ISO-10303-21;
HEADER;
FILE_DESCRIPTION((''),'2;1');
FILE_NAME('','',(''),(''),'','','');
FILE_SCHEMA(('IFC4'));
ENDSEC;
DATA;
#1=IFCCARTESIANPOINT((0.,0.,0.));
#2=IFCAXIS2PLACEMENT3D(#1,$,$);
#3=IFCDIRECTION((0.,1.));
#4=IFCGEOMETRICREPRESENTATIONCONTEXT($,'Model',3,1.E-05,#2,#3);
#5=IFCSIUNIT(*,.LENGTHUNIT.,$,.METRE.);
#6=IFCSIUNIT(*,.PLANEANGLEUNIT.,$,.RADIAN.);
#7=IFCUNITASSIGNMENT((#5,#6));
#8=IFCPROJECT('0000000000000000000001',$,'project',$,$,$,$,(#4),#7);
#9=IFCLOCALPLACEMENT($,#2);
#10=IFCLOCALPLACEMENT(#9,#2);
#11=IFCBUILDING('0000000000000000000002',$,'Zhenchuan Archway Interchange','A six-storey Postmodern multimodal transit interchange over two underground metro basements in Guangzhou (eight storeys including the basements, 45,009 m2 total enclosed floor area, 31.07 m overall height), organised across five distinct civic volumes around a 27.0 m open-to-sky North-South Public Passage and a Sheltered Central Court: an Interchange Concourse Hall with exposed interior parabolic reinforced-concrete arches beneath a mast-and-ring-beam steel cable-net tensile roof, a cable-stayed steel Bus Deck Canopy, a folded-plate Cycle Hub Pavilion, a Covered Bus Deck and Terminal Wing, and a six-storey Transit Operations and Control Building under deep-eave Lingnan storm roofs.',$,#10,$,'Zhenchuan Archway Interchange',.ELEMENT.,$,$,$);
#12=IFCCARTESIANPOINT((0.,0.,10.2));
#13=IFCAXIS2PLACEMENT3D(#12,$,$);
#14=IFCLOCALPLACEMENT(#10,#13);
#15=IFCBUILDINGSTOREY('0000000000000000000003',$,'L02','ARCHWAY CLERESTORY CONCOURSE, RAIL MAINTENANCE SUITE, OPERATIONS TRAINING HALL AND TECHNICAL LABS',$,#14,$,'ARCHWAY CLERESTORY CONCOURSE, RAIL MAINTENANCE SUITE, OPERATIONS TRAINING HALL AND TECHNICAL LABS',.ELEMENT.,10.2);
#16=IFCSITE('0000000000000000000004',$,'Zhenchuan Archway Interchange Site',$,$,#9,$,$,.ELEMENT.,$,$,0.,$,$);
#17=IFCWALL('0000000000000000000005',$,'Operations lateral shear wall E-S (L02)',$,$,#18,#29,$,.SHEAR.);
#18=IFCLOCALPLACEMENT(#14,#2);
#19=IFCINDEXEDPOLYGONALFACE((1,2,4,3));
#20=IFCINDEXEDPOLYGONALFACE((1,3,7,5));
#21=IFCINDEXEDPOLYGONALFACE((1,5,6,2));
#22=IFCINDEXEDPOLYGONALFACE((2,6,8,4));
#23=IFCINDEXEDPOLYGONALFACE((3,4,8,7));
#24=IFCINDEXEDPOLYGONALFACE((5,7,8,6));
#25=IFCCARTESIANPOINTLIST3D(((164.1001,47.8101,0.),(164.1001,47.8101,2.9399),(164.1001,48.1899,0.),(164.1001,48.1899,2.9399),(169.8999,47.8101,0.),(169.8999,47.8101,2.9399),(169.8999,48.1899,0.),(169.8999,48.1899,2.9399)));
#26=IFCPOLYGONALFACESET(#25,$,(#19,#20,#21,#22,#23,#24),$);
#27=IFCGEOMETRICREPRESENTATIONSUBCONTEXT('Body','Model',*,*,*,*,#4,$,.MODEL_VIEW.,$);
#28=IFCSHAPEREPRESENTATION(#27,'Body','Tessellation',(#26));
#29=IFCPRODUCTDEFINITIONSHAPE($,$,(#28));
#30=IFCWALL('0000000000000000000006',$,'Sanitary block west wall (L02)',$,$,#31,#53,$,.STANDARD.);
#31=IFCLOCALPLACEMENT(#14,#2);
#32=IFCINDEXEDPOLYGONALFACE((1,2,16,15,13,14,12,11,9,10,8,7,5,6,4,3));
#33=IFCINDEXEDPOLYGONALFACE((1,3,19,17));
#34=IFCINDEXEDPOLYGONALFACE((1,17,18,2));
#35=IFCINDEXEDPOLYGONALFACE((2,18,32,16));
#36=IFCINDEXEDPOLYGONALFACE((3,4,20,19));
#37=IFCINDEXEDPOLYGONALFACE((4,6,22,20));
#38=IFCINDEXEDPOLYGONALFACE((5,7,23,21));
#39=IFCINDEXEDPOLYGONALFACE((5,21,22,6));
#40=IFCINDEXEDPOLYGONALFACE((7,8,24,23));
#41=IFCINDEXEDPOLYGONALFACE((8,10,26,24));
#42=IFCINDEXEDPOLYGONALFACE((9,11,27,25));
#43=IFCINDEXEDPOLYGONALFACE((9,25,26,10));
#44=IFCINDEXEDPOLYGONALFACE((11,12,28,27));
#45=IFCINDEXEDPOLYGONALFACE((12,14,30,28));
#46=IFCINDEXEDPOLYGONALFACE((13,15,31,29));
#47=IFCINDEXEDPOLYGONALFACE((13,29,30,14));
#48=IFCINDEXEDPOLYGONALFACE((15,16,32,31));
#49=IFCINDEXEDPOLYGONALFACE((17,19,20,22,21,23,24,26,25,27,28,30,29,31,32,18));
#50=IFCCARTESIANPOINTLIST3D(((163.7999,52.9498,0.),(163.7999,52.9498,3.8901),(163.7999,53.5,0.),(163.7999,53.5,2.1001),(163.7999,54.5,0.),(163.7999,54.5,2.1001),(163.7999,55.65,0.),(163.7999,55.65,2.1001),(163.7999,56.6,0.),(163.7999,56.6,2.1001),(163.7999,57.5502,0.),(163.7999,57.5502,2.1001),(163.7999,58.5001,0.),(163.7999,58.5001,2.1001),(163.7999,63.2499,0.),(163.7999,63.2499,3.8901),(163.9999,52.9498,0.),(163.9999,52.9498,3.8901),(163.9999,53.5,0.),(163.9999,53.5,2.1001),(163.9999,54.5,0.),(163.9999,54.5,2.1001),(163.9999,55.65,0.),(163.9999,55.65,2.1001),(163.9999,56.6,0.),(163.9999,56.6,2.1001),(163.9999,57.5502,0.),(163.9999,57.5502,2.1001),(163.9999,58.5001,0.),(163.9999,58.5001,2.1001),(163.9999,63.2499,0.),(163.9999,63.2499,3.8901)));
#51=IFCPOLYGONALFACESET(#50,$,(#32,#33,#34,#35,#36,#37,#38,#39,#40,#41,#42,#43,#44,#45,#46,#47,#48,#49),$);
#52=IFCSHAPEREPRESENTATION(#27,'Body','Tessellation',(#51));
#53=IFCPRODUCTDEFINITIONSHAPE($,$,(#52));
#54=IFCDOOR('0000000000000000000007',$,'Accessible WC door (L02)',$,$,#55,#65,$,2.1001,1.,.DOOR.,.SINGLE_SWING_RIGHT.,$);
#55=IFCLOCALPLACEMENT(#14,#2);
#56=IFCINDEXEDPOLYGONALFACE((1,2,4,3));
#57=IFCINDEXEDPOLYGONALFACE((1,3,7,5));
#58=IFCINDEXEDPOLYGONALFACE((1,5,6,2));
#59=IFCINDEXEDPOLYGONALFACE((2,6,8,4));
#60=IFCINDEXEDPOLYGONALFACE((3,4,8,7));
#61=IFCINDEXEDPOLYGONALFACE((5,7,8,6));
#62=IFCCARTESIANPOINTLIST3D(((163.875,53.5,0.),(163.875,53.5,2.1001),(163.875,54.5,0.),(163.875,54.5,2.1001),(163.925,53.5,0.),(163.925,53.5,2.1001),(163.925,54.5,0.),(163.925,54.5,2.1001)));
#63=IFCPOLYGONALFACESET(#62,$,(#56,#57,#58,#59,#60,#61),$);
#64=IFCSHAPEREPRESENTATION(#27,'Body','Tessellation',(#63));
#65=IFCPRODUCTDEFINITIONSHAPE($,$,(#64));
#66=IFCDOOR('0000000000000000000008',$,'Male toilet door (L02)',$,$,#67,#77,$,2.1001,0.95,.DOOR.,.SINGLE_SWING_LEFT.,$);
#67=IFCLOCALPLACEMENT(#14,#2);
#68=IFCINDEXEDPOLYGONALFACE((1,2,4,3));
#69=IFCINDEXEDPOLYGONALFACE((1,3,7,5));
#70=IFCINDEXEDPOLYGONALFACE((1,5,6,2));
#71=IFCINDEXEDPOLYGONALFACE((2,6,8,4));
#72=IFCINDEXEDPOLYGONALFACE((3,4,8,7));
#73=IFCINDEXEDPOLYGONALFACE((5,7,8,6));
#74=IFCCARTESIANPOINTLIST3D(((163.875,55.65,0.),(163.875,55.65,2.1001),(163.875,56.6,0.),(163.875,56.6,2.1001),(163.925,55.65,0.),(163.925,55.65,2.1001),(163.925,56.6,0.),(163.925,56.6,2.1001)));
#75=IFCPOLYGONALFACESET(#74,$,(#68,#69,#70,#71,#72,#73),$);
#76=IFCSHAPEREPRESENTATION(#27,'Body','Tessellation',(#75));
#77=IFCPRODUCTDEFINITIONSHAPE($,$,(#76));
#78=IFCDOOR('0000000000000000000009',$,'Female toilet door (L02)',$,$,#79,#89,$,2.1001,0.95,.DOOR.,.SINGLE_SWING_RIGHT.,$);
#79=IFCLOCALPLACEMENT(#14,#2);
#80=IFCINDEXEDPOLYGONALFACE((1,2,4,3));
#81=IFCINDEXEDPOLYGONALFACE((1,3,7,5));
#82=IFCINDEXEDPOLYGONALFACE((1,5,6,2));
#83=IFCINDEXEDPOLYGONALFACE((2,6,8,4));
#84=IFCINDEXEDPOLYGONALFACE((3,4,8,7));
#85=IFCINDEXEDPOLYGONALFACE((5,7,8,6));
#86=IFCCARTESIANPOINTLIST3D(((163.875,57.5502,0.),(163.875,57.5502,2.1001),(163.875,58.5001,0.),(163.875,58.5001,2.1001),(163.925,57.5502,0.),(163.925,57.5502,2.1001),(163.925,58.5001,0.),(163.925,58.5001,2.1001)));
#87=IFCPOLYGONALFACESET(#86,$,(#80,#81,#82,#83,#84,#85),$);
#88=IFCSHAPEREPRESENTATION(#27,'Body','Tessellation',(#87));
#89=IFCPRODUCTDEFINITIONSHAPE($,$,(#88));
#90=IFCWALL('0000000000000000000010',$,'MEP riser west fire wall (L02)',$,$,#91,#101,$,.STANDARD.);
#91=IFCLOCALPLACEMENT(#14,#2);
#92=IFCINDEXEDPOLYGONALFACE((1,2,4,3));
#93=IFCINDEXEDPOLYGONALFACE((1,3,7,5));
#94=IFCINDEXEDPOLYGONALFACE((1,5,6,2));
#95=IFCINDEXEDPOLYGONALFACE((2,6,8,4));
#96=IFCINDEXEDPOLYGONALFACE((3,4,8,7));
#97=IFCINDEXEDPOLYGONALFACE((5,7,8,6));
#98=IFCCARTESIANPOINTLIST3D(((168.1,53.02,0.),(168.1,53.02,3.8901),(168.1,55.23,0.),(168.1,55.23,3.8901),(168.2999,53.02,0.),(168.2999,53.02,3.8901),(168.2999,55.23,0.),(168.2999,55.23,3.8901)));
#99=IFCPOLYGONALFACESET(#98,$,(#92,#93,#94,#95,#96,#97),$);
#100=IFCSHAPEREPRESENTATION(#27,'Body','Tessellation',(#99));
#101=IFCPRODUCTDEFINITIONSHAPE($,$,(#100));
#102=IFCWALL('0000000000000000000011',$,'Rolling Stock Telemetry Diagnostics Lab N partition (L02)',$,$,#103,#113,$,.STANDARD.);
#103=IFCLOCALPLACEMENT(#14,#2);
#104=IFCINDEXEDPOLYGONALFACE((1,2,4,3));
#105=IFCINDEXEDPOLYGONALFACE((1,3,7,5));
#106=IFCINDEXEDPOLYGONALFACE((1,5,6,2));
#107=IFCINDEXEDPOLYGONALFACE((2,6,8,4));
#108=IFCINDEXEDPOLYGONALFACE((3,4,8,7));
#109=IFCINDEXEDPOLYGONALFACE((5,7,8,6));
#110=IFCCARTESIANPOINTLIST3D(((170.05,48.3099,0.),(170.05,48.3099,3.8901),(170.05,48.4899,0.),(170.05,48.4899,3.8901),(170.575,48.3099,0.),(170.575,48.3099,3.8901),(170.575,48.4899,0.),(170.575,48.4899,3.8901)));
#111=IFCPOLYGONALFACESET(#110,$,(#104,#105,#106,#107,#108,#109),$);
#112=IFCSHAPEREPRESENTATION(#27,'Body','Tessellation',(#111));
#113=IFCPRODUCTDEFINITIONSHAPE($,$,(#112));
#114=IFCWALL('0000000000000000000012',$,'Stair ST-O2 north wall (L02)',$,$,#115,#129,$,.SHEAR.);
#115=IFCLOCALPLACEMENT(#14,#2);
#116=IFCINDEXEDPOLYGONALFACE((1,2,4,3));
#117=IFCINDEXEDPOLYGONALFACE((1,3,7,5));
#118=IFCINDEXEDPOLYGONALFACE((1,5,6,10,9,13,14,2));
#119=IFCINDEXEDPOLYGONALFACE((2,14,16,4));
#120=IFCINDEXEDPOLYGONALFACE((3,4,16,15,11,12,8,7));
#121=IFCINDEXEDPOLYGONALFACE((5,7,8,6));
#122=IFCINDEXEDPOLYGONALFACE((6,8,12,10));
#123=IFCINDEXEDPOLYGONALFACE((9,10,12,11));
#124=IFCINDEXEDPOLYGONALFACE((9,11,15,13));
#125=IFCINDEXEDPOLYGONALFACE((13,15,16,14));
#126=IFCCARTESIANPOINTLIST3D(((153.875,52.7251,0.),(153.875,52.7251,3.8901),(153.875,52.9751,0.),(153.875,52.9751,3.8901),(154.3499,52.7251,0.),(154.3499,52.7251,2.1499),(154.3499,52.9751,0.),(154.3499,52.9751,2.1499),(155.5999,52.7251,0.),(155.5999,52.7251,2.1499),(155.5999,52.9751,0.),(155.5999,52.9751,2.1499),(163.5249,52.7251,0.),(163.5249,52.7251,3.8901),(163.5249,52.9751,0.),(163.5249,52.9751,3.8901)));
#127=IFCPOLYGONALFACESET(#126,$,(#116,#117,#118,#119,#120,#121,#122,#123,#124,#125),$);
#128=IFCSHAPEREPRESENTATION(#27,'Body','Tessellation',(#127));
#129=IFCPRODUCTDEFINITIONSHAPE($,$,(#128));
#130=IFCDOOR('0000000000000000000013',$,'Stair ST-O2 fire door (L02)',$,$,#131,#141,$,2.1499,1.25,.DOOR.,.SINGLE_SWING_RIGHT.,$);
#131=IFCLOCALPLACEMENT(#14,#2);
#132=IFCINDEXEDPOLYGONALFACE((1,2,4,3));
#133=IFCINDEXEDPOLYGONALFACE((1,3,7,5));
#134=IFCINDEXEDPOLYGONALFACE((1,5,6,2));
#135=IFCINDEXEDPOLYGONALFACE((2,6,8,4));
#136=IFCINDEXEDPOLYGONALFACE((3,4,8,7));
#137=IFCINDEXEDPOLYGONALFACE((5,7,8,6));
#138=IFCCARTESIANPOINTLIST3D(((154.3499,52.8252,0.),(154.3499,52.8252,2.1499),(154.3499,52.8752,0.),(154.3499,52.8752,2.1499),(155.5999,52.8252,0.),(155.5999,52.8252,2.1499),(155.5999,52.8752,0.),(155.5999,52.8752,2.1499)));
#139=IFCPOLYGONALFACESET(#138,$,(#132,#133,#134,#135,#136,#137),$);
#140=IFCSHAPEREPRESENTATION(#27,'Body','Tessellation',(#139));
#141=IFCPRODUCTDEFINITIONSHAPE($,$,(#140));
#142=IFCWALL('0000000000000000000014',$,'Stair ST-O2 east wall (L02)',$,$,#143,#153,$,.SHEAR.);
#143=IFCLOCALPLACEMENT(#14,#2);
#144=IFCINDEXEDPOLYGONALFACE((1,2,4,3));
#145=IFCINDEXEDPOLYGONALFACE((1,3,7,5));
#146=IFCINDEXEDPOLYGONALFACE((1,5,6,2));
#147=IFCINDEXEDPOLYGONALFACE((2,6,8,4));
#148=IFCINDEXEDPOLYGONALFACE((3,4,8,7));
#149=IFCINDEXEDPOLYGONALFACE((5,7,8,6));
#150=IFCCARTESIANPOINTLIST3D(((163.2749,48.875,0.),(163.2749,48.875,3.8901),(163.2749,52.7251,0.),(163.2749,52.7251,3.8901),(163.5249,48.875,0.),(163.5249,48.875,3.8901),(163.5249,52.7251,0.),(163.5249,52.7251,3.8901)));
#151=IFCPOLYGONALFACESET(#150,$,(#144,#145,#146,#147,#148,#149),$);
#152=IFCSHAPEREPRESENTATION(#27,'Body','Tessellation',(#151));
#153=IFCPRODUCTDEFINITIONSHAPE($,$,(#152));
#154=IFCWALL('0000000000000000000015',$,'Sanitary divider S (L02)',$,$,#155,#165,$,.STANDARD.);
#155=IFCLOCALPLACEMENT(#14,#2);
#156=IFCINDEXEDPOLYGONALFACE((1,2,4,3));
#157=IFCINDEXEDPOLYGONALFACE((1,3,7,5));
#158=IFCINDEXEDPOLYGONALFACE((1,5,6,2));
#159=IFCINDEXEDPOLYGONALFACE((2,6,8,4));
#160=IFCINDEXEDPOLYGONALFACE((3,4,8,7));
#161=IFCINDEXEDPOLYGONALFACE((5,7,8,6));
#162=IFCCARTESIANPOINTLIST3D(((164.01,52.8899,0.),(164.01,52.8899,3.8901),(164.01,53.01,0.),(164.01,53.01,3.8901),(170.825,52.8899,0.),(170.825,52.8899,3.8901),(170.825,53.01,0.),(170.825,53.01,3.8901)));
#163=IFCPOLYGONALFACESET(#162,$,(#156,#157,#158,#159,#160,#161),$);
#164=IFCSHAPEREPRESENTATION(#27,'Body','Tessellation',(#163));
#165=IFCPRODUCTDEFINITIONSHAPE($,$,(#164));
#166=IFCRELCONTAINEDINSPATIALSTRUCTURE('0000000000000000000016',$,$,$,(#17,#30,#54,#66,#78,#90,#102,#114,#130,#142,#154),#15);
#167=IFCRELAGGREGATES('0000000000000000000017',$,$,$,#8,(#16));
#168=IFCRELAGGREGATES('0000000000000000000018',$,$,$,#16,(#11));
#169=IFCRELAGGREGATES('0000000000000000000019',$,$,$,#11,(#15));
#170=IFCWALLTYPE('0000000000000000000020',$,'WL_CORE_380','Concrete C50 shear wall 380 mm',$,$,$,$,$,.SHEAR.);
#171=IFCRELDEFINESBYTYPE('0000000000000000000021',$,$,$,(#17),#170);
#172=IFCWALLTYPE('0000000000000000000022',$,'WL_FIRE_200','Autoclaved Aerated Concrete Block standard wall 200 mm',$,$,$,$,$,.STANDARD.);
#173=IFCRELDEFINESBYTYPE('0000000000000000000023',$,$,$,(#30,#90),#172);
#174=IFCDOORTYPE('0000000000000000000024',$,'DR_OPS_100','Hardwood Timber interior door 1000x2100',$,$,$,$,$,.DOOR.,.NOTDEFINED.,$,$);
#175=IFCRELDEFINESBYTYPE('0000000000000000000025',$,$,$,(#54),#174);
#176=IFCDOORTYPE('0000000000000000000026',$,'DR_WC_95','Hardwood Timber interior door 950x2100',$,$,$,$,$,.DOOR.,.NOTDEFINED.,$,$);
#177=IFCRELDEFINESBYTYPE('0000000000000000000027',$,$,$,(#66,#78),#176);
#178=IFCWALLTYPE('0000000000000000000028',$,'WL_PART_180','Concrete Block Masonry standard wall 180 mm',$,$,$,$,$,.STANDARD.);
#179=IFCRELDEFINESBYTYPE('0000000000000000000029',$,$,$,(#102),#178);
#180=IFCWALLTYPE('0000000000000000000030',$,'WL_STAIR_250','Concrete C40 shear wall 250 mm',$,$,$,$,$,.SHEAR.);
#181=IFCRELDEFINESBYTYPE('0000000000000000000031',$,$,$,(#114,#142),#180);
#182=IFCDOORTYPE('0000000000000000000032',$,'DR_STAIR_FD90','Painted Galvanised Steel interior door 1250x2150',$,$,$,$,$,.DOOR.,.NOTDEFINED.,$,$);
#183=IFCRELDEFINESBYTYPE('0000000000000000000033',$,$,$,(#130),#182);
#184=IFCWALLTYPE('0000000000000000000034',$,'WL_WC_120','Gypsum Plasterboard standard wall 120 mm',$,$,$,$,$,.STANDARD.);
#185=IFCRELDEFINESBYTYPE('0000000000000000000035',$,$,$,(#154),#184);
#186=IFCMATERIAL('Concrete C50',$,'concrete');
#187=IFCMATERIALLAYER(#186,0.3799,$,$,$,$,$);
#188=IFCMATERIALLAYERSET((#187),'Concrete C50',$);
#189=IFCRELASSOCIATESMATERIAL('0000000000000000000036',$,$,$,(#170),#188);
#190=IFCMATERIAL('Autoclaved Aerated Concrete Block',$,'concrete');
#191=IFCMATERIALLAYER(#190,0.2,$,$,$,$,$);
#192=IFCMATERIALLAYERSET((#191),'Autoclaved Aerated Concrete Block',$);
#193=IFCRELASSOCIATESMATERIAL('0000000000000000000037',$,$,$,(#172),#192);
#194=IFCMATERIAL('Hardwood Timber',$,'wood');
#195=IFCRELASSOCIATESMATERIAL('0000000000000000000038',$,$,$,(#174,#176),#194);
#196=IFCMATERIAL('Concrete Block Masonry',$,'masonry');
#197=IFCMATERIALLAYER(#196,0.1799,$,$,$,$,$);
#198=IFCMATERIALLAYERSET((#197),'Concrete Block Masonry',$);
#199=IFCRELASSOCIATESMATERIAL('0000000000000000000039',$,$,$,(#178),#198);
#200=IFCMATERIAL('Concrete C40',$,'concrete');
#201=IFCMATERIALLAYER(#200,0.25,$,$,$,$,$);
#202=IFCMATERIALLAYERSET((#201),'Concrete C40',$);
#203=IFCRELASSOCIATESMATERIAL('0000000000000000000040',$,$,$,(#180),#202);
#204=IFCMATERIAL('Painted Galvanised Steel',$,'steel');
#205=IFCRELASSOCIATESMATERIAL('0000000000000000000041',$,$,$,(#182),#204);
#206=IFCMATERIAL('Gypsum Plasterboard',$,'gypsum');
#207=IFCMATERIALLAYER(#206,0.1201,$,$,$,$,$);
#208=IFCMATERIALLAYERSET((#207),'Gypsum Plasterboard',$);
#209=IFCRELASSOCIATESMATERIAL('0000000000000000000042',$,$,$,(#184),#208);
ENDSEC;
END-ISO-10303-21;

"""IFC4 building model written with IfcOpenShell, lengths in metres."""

from ifc_helpers import new_model, si_unit, direction, frame, frame_2d, origin, place, context, subcontext, project, spatial, rectangle, extrude, material, layer, layer_set, type_object, element, fill, save


model = new_model("IFC4")

# Units and contexts
model_context = context("Model", 3, precision=1e-05, world=origin(), true_north=direction((0.0, 1.0)))
body_context = subcontext(model_context, "Body", "Model", "MODEL_VIEW")
ifc_project = project(units=[si_unit("LENGTHUNIT", "METRE"), si_unit("PLANEANGLEUNIT", "RADIAN")], contexts=[model_context])

# Site, building, storey
site_placement = place(None, origin())
site = spatial("IfcSite", under=ifc_project, at=site_placement, Name="Zhenchuan Archway Interchange Site", CompositionType="ELEMENT", RefElevation=0.0)
building_placement = place(site_placement, origin())
building = spatial("IfcBuilding", under=site, at=building_placement, Name="Zhenchuan Archway Interchange", Description="A six-storey Postmodern multimodal transit interchange over two underground metro basements in Guangzhou (eight storeys including the basements, 45,009 m2 total enclosed floor area, 31.07 m overall height), organised across five distinct civic volumes around a 27.0 m open-to-sky North-South Public Passage and a Sheltered Central Court: an Interchange Concourse Hall with exposed interior parabolic reinforced-concrete arches beneath a mast-and-ring-beam steel cable-net tensile roof, a cable-stayed steel Bus Deck Canopy, a folded-plate Cycle Hub Pavilion, a Covered Bus Deck and Terminal Wing, and a six-storey Transit Operations and Control Building under deep-eave Lingnan storm roofs.", LongName="Zhenchuan Archway Interchange", CompositionType="ELEMENT")
storey_placement = place(building_placement, frame((0.0, 0.0, 10.2)))
storey = spatial("IfcBuildingStorey", under=building, at=storey_placement, Name="L02", Description="ARCHWAY CLERESTORY CONCOURSE, RAIL MAINTENANCE SUITE, OPERATIONS TRAINING HALL AND TECHNICAL LABS", LongName="ARCHWAY CLERESTORY CONCOURSE, RAIL MAINTENANCE SUITE, OPERATIONS TRAINING HALL AND TECHNICAL LABS", CompositionType="ELEMENT", Elevation=10.2)

# Shared definitions
ifc_material_1 = material(Name="Concrete C50", Category="concrete")

# Shared definitions
ifc_material_2 = material(Name="Concrete C40", Category="concrete")

# Wall
ifc_layer_1 = layer(ifc_material_1, 0.3799)
ifc_layer_set_1 = layer_set([ifc_layer_1], Name="Concrete C50")
wall_type_1 = type_object("IfcWallType", Name="WL_CORE_380", Description="Concrete C50 shear wall 380 mm", PredefinedType="SHEAR", material=ifc_layer_set_1)
wall_1_placement = place(storey_placement, frame((164.1001, 48.0, 0.0), z_axis=(0.0, 0.0, 1.0), x_axis=(1.0, 0.0, 0.0)))
element("IfcWall", 1, at=wall_1_placement, inside=storey, type_object=wall_type_1, Name="Operations lateral shear wall E-S (L02)", PredefinedType="SHEAR", context=body_context, shape_type="SweptSolid", body=[
    extrude(rectangle(XDim=5.7998, YDim=0.3799, at=frame_2d((2.8999, 0.0))), origin(), (0.0, 0.0, 1.0), 2.9399),
])

# Wall, openings, doors
ifc_material_3 = material(Name="Autoclaved Aerated Concrete Block", Category="concrete")
ifc_layer_2 = layer(ifc_material_3, 0.2)
ifc_layer_set_2 = layer_set([ifc_layer_2], Name="Autoclaved Aerated Concrete Block")
wall_type_2 = type_object("IfcWallType", Name="WL_FIRE_200", Description="Autoclaved Aerated Concrete Block standard wall 200 mm", PredefinedType="STANDARD", material=ifc_layer_set_2)
wall_2_placement = place(storey_placement, frame((163.8999, 52.95, 0.0), z_axis=(0.0, 0.0, 1.0), x_axis=(0.0, 1.0, 0.0)))
wall_2 = element("IfcWall", 2, at=wall_2_placement, inside=storey, type_object=wall_type_2, Name="Sanitary block west wall (L02)", PredefinedType="STANDARD", context=body_context, shape_type="SweptSolid", body=[
    extrude(rectangle(XDim=10.3, YDim=0.2, at=frame_2d((5.1499, 0.0))), origin(), (0.0, 0.0, 1.0), 3.8901),
])
opening_1_placement = place(wall_2_placement, frame((0.55, 0.0, 0.0)))
opening_1 = element("IfcOpeningElement", 3, at=opening_1_placement, cuts=wall_2, PredefinedType="OPENING", context=body_context, shape_type="SweptSolid", body=[
    extrude(rectangle(XDim=1.0, YDim=2.1001, at=frame_2d((0.5, 1.05))), frame((0.0, 0.1118, 0.0), z_axis=(0.0, -1.0, 0.0), x_axis=(1.0, 0.0, 0.0)), (0.0, 0.0, 1.0), 0.2239),
])
opening_2_placement = place(wall_2_placement, frame((2.7, 0.0, 0.0)))
opening_2 = element("IfcOpeningElement", 4, at=opening_2_placement, cuts=wall_2, PredefinedType="OPENING", context=body_context, shape_type="SweptSolid", body=[
    extrude(rectangle(XDim=0.95, YDim=2.1001, at=frame_2d((0.4751, 1.05))), frame((0.0, 0.1118, 0.0), z_axis=(0.0, -1.0, 0.0), x_axis=(1.0, 0.0, 0.0)), (0.0, 0.0, 1.0), 0.2239),
])
opening_3_placement = place(wall_2_placement, frame((4.6001, 0.0, 0.0)))
opening_3 = element("IfcOpeningElement", 5, at=opening_3_placement, cuts=wall_2, PredefinedType="OPENING", context=body_context, shape_type="SweptSolid", body=[
    extrude(rectangle(XDim=0.95, YDim=2.1001, at=frame_2d((0.4751, 1.05))), frame((0.0, 0.1118, 0.0), z_axis=(0.0, -1.0, 0.0), x_axis=(1.0, 0.0, 0.0)), (0.0, 0.0, 1.0), 0.2239),
])
ifc_material_4 = material(Name="Hardwood Timber", Category="wood")
door_type_1 = type_object("IfcDoorType", Name="DR_OPS_100", Description="Hardwood Timber interior door 1000x2100", OperationType="NOTDEFINED", PredefinedType="DOOR", material=ifc_material_4)
door_1_placement = place(opening_1_placement, origin())
door_1 = element("IfcDoor", 6, at=door_1_placement, inside=storey, type_object=door_type_1, Name="Accessible WC door (L02)", OperationType="SINGLE_SWING_RIGHT", OverallHeight=2.1001, OverallWidth=1.0, PredefinedType="DOOR", context=body_context, shape_type="SweptSolid", body=[
    extrude(rectangle(XDim=1.0, YDim=2.1001, at=frame_2d((0.5, 1.05))), frame((0.0, 0.0249, 0.0), z_axis=(0.0, -1.0, 0.0), x_axis=(1.0, 0.0, 0.0)), (0.0, 0.0, 1.0), 0.05),
])
fill(opening_1, door_1)
door_type_2 = type_object("IfcDoorType", Name="DR_WC_95", Description="Hardwood Timber interior door 950x2100", OperationType="NOTDEFINED", PredefinedType="DOOR", material=ifc_material_4)
door_2_placement = place(opening_2_placement, origin())
door_2 = element("IfcDoor", 7, at=door_2_placement, inside=storey, type_object=door_type_2, Name="Male toilet door (L02)", OperationType="SINGLE_SWING_LEFT", OverallHeight=2.1001, OverallWidth=0.95, PredefinedType="DOOR", context=body_context, shape_type="SweptSolid", body=[
    extrude(rectangle(XDim=0.95, YDim=2.1001, at=frame_2d((0.4751, 1.05))), frame((0.0, 0.0249, 0.0), z_axis=(0.0, -1.0, 0.0), x_axis=(1.0, 0.0, 0.0)), (0.0, 0.0, 1.0), 0.05),
])
fill(opening_2, door_2)
door_3_placement = place(opening_3_placement, origin())
door_3 = element("IfcDoor", 8, at=door_3_placement, inside=storey, type_object=door_type_2, Name="Female toilet door (L02)", OperationType="SINGLE_SWING_RIGHT", OverallHeight=2.1001, OverallWidth=0.95, PredefinedType="DOOR", context=body_context, shape_type="SweptSolid", body=[
    extrude(rectangle(XDim=0.95, YDim=2.1001, at=frame_2d((0.4751, 1.05))), frame((0.0, 0.0249, 0.0), z_axis=(0.0, -1.0, 0.0), x_axis=(1.0, 0.0, 0.0)), (0.0, 0.0, 1.0), 0.05),
])
fill(opening_3, door_3)

# Walls
wall_3_placement = place(storey_placement, frame((168.2, 53.02, 0.0), z_axis=(0.0, 0.0, 1.0), x_axis=(0.0, 1.0, 0.0)))
element("IfcWall", 9, at=wall_3_placement, inside=storey, type_object=wall_type_2, Name="MEP riser west fire wall (L02)", PredefinedType="STANDARD", context=body_context, shape_type="SweptSolid", body=[
    extrude(rectangle(XDim=2.21, YDim=0.2, at=frame_2d((1.105, 0.0))), origin(), (0.0, 0.0, 1.0), 3.8901),
])
ifc_material_5 = material(Name="Concrete Block Masonry", Category="masonry")
ifc_layer_3 = layer(ifc_material_5, 0.1799)
ifc_layer_set_3 = layer_set([ifc_layer_3], Name="Concrete Block Masonry")
wall_type_3 = type_object("IfcWallType", Name="WL_PART_180", Description="Concrete Block Masonry standard wall 180 mm", PredefinedType="STANDARD", material=ifc_layer_set_3)
wall_4_placement = place(storey_placement, frame((170.05, 48.3999, 0.0), z_axis=(0.0, 0.0, 1.0), x_axis=(1.0, 0.0, 0.0)))
element("IfcWall", 10, at=wall_4_placement, inside=storey, type_object=wall_type_3, Name="Rolling Stock Telemetry Diagnostics Lab N partition (L02)", PredefinedType="STANDARD", context=body_context, shape_type="SweptSolid", body=[
    extrude(rectangle(XDim=0.5249, YDim=0.1799, at=frame_2d((0.2625, 0.0))), origin(), (0.0, 0.0, 1.0), 3.8901),
])

# Wall, opening, door
ifc_layer_4 = layer(ifc_material_2, 0.25)
ifc_layer_set_4 = layer_set([ifc_layer_4], Name="Concrete C40")
wall_type_4 = type_object("IfcWallType", Name="WL_STAIR_250", Description="Concrete C40 shear wall 250 mm", PredefinedType="SHEAR", material=ifc_layer_set_4)
wall_5_placement = place(storey_placement, frame((163.5249, 52.8501, 0.0), z_axis=(0.0, 0.0, 1.0), x_axis=(-1.0, 0.0, 0.0)))
wall_5 = element("IfcWall", 11, at=wall_5_placement, inside=storey, type_object=wall_type_4, Name="Stair ST-O2 north wall (L02)", PredefinedType="SHEAR", context=body_context, shape_type="SweptSolid", body=[
    extrude(rectangle(XDim=9.6499, YDim=0.25, at=frame_2d((4.825, 0.0))), origin(), (0.0, 0.0, 1.0), 3.8901),
])
opening_4_placement = place(wall_5_placement, frame((7.925, 0.0, 0.0)))
opening_4 = element("IfcOpeningElement", 12, at=opening_4_placement, cuts=wall_5, PredefinedType="OPENING", context=body_context, shape_type="SweptSolid", body=[
    extrude(rectangle(XDim=1.25, YDim=2.1499, at=frame_2d((0.625, 1.075))), frame((0.0, 0.137, 0.0), z_axis=(0.0, -1.0, 0.0), x_axis=(1.0, 0.0, 0.0)), (0.0, 0.0, 1.0), 0.2739),
])
ifc_material_6 = material(Name="Painted Galvanised Steel", Category="steel")
door_type_3 = type_object("IfcDoorType", Name="DR_STAIR_FD90", Description="Painted Galvanised Steel interior door 1250x2150", OperationType="NOTDEFINED", PredefinedType="DOOR", material=ifc_material_6)
door_4_placement = place(opening_4_placement, origin())
door_4 = element("IfcDoor", 13, at=door_4_placement, inside=storey, type_object=door_type_3, Name="Stair ST-O2 fire door (L02)", OperationType="SINGLE_SWING_RIGHT", OverallHeight=2.1499, OverallWidth=1.25, PredefinedType="DOOR", context=body_context, shape_type="SweptSolid", body=[
    extrude(rectangle(XDim=1.25, YDim=2.1499, at=frame_2d((0.625, 1.075))), frame((0.0, 0.0249, 0.0), z_axis=(0.0, -1.0, 0.0), x_axis=(1.0, 0.0, 0.0)), (0.0, 0.0, 1.0), 0.05),
])
fill(opening_4, door_4)

# Walls
wall_6_placement = place(storey_placement, frame((163.3999, 48.875, 0.0), z_axis=(0.0, 0.0, 1.0), x_axis=(0.0, 1.0, 0.0)))
element("IfcWall", 14, at=wall_6_placement, inside=storey, type_object=wall_type_4, Name="Stair ST-O2 east wall (L02)", PredefinedType="SHEAR", context=body_context, shape_type="SweptSolid", body=[
    extrude(rectangle(XDim=3.8501, YDim=0.25, at=frame_2d((1.925, 0.0))), origin(), (0.0, 0.0, 1.0), 3.8901),
])
ifc_material_7 = material(Name="Gypsum Plasterboard", Category="gypsum")
ifc_layer_5 = layer(ifc_material_7, 0.1201)
ifc_layer_set_5 = layer_set([ifc_layer_5], Name="Gypsum Plasterboard")
wall_type_5 = type_object("IfcWallType", Name="WL_WC_120", Description="Gypsum Plasterboard standard wall 120 mm", PredefinedType="STANDARD", material=ifc_layer_set_5)
for number, where, z_axis, x_axis, name in (
    (15, (164.01, 52.95, 0.0), (0.0, 0.0, 1.0), (1.0, 0.0, 0.0), "Sanitary divider S (L02)"),
):
    element("IfcWall", number, at=place(storey_placement, frame(where, z_axis=z_axis, x_axis=x_axis)), inside=storey, type_object=wall_type_5, Name=name, PredefinedType="STANDARD", context=body_context, shape_type="SweptSolid", body=[
        extrude(rectangle(XDim=6.8149, YDim=0.1201, at=frame_2d((3.4075, 0.0))), origin(), (0.0, 0.0, 1.0), 3.8901),
    ])

save(model, "model.ifc")
